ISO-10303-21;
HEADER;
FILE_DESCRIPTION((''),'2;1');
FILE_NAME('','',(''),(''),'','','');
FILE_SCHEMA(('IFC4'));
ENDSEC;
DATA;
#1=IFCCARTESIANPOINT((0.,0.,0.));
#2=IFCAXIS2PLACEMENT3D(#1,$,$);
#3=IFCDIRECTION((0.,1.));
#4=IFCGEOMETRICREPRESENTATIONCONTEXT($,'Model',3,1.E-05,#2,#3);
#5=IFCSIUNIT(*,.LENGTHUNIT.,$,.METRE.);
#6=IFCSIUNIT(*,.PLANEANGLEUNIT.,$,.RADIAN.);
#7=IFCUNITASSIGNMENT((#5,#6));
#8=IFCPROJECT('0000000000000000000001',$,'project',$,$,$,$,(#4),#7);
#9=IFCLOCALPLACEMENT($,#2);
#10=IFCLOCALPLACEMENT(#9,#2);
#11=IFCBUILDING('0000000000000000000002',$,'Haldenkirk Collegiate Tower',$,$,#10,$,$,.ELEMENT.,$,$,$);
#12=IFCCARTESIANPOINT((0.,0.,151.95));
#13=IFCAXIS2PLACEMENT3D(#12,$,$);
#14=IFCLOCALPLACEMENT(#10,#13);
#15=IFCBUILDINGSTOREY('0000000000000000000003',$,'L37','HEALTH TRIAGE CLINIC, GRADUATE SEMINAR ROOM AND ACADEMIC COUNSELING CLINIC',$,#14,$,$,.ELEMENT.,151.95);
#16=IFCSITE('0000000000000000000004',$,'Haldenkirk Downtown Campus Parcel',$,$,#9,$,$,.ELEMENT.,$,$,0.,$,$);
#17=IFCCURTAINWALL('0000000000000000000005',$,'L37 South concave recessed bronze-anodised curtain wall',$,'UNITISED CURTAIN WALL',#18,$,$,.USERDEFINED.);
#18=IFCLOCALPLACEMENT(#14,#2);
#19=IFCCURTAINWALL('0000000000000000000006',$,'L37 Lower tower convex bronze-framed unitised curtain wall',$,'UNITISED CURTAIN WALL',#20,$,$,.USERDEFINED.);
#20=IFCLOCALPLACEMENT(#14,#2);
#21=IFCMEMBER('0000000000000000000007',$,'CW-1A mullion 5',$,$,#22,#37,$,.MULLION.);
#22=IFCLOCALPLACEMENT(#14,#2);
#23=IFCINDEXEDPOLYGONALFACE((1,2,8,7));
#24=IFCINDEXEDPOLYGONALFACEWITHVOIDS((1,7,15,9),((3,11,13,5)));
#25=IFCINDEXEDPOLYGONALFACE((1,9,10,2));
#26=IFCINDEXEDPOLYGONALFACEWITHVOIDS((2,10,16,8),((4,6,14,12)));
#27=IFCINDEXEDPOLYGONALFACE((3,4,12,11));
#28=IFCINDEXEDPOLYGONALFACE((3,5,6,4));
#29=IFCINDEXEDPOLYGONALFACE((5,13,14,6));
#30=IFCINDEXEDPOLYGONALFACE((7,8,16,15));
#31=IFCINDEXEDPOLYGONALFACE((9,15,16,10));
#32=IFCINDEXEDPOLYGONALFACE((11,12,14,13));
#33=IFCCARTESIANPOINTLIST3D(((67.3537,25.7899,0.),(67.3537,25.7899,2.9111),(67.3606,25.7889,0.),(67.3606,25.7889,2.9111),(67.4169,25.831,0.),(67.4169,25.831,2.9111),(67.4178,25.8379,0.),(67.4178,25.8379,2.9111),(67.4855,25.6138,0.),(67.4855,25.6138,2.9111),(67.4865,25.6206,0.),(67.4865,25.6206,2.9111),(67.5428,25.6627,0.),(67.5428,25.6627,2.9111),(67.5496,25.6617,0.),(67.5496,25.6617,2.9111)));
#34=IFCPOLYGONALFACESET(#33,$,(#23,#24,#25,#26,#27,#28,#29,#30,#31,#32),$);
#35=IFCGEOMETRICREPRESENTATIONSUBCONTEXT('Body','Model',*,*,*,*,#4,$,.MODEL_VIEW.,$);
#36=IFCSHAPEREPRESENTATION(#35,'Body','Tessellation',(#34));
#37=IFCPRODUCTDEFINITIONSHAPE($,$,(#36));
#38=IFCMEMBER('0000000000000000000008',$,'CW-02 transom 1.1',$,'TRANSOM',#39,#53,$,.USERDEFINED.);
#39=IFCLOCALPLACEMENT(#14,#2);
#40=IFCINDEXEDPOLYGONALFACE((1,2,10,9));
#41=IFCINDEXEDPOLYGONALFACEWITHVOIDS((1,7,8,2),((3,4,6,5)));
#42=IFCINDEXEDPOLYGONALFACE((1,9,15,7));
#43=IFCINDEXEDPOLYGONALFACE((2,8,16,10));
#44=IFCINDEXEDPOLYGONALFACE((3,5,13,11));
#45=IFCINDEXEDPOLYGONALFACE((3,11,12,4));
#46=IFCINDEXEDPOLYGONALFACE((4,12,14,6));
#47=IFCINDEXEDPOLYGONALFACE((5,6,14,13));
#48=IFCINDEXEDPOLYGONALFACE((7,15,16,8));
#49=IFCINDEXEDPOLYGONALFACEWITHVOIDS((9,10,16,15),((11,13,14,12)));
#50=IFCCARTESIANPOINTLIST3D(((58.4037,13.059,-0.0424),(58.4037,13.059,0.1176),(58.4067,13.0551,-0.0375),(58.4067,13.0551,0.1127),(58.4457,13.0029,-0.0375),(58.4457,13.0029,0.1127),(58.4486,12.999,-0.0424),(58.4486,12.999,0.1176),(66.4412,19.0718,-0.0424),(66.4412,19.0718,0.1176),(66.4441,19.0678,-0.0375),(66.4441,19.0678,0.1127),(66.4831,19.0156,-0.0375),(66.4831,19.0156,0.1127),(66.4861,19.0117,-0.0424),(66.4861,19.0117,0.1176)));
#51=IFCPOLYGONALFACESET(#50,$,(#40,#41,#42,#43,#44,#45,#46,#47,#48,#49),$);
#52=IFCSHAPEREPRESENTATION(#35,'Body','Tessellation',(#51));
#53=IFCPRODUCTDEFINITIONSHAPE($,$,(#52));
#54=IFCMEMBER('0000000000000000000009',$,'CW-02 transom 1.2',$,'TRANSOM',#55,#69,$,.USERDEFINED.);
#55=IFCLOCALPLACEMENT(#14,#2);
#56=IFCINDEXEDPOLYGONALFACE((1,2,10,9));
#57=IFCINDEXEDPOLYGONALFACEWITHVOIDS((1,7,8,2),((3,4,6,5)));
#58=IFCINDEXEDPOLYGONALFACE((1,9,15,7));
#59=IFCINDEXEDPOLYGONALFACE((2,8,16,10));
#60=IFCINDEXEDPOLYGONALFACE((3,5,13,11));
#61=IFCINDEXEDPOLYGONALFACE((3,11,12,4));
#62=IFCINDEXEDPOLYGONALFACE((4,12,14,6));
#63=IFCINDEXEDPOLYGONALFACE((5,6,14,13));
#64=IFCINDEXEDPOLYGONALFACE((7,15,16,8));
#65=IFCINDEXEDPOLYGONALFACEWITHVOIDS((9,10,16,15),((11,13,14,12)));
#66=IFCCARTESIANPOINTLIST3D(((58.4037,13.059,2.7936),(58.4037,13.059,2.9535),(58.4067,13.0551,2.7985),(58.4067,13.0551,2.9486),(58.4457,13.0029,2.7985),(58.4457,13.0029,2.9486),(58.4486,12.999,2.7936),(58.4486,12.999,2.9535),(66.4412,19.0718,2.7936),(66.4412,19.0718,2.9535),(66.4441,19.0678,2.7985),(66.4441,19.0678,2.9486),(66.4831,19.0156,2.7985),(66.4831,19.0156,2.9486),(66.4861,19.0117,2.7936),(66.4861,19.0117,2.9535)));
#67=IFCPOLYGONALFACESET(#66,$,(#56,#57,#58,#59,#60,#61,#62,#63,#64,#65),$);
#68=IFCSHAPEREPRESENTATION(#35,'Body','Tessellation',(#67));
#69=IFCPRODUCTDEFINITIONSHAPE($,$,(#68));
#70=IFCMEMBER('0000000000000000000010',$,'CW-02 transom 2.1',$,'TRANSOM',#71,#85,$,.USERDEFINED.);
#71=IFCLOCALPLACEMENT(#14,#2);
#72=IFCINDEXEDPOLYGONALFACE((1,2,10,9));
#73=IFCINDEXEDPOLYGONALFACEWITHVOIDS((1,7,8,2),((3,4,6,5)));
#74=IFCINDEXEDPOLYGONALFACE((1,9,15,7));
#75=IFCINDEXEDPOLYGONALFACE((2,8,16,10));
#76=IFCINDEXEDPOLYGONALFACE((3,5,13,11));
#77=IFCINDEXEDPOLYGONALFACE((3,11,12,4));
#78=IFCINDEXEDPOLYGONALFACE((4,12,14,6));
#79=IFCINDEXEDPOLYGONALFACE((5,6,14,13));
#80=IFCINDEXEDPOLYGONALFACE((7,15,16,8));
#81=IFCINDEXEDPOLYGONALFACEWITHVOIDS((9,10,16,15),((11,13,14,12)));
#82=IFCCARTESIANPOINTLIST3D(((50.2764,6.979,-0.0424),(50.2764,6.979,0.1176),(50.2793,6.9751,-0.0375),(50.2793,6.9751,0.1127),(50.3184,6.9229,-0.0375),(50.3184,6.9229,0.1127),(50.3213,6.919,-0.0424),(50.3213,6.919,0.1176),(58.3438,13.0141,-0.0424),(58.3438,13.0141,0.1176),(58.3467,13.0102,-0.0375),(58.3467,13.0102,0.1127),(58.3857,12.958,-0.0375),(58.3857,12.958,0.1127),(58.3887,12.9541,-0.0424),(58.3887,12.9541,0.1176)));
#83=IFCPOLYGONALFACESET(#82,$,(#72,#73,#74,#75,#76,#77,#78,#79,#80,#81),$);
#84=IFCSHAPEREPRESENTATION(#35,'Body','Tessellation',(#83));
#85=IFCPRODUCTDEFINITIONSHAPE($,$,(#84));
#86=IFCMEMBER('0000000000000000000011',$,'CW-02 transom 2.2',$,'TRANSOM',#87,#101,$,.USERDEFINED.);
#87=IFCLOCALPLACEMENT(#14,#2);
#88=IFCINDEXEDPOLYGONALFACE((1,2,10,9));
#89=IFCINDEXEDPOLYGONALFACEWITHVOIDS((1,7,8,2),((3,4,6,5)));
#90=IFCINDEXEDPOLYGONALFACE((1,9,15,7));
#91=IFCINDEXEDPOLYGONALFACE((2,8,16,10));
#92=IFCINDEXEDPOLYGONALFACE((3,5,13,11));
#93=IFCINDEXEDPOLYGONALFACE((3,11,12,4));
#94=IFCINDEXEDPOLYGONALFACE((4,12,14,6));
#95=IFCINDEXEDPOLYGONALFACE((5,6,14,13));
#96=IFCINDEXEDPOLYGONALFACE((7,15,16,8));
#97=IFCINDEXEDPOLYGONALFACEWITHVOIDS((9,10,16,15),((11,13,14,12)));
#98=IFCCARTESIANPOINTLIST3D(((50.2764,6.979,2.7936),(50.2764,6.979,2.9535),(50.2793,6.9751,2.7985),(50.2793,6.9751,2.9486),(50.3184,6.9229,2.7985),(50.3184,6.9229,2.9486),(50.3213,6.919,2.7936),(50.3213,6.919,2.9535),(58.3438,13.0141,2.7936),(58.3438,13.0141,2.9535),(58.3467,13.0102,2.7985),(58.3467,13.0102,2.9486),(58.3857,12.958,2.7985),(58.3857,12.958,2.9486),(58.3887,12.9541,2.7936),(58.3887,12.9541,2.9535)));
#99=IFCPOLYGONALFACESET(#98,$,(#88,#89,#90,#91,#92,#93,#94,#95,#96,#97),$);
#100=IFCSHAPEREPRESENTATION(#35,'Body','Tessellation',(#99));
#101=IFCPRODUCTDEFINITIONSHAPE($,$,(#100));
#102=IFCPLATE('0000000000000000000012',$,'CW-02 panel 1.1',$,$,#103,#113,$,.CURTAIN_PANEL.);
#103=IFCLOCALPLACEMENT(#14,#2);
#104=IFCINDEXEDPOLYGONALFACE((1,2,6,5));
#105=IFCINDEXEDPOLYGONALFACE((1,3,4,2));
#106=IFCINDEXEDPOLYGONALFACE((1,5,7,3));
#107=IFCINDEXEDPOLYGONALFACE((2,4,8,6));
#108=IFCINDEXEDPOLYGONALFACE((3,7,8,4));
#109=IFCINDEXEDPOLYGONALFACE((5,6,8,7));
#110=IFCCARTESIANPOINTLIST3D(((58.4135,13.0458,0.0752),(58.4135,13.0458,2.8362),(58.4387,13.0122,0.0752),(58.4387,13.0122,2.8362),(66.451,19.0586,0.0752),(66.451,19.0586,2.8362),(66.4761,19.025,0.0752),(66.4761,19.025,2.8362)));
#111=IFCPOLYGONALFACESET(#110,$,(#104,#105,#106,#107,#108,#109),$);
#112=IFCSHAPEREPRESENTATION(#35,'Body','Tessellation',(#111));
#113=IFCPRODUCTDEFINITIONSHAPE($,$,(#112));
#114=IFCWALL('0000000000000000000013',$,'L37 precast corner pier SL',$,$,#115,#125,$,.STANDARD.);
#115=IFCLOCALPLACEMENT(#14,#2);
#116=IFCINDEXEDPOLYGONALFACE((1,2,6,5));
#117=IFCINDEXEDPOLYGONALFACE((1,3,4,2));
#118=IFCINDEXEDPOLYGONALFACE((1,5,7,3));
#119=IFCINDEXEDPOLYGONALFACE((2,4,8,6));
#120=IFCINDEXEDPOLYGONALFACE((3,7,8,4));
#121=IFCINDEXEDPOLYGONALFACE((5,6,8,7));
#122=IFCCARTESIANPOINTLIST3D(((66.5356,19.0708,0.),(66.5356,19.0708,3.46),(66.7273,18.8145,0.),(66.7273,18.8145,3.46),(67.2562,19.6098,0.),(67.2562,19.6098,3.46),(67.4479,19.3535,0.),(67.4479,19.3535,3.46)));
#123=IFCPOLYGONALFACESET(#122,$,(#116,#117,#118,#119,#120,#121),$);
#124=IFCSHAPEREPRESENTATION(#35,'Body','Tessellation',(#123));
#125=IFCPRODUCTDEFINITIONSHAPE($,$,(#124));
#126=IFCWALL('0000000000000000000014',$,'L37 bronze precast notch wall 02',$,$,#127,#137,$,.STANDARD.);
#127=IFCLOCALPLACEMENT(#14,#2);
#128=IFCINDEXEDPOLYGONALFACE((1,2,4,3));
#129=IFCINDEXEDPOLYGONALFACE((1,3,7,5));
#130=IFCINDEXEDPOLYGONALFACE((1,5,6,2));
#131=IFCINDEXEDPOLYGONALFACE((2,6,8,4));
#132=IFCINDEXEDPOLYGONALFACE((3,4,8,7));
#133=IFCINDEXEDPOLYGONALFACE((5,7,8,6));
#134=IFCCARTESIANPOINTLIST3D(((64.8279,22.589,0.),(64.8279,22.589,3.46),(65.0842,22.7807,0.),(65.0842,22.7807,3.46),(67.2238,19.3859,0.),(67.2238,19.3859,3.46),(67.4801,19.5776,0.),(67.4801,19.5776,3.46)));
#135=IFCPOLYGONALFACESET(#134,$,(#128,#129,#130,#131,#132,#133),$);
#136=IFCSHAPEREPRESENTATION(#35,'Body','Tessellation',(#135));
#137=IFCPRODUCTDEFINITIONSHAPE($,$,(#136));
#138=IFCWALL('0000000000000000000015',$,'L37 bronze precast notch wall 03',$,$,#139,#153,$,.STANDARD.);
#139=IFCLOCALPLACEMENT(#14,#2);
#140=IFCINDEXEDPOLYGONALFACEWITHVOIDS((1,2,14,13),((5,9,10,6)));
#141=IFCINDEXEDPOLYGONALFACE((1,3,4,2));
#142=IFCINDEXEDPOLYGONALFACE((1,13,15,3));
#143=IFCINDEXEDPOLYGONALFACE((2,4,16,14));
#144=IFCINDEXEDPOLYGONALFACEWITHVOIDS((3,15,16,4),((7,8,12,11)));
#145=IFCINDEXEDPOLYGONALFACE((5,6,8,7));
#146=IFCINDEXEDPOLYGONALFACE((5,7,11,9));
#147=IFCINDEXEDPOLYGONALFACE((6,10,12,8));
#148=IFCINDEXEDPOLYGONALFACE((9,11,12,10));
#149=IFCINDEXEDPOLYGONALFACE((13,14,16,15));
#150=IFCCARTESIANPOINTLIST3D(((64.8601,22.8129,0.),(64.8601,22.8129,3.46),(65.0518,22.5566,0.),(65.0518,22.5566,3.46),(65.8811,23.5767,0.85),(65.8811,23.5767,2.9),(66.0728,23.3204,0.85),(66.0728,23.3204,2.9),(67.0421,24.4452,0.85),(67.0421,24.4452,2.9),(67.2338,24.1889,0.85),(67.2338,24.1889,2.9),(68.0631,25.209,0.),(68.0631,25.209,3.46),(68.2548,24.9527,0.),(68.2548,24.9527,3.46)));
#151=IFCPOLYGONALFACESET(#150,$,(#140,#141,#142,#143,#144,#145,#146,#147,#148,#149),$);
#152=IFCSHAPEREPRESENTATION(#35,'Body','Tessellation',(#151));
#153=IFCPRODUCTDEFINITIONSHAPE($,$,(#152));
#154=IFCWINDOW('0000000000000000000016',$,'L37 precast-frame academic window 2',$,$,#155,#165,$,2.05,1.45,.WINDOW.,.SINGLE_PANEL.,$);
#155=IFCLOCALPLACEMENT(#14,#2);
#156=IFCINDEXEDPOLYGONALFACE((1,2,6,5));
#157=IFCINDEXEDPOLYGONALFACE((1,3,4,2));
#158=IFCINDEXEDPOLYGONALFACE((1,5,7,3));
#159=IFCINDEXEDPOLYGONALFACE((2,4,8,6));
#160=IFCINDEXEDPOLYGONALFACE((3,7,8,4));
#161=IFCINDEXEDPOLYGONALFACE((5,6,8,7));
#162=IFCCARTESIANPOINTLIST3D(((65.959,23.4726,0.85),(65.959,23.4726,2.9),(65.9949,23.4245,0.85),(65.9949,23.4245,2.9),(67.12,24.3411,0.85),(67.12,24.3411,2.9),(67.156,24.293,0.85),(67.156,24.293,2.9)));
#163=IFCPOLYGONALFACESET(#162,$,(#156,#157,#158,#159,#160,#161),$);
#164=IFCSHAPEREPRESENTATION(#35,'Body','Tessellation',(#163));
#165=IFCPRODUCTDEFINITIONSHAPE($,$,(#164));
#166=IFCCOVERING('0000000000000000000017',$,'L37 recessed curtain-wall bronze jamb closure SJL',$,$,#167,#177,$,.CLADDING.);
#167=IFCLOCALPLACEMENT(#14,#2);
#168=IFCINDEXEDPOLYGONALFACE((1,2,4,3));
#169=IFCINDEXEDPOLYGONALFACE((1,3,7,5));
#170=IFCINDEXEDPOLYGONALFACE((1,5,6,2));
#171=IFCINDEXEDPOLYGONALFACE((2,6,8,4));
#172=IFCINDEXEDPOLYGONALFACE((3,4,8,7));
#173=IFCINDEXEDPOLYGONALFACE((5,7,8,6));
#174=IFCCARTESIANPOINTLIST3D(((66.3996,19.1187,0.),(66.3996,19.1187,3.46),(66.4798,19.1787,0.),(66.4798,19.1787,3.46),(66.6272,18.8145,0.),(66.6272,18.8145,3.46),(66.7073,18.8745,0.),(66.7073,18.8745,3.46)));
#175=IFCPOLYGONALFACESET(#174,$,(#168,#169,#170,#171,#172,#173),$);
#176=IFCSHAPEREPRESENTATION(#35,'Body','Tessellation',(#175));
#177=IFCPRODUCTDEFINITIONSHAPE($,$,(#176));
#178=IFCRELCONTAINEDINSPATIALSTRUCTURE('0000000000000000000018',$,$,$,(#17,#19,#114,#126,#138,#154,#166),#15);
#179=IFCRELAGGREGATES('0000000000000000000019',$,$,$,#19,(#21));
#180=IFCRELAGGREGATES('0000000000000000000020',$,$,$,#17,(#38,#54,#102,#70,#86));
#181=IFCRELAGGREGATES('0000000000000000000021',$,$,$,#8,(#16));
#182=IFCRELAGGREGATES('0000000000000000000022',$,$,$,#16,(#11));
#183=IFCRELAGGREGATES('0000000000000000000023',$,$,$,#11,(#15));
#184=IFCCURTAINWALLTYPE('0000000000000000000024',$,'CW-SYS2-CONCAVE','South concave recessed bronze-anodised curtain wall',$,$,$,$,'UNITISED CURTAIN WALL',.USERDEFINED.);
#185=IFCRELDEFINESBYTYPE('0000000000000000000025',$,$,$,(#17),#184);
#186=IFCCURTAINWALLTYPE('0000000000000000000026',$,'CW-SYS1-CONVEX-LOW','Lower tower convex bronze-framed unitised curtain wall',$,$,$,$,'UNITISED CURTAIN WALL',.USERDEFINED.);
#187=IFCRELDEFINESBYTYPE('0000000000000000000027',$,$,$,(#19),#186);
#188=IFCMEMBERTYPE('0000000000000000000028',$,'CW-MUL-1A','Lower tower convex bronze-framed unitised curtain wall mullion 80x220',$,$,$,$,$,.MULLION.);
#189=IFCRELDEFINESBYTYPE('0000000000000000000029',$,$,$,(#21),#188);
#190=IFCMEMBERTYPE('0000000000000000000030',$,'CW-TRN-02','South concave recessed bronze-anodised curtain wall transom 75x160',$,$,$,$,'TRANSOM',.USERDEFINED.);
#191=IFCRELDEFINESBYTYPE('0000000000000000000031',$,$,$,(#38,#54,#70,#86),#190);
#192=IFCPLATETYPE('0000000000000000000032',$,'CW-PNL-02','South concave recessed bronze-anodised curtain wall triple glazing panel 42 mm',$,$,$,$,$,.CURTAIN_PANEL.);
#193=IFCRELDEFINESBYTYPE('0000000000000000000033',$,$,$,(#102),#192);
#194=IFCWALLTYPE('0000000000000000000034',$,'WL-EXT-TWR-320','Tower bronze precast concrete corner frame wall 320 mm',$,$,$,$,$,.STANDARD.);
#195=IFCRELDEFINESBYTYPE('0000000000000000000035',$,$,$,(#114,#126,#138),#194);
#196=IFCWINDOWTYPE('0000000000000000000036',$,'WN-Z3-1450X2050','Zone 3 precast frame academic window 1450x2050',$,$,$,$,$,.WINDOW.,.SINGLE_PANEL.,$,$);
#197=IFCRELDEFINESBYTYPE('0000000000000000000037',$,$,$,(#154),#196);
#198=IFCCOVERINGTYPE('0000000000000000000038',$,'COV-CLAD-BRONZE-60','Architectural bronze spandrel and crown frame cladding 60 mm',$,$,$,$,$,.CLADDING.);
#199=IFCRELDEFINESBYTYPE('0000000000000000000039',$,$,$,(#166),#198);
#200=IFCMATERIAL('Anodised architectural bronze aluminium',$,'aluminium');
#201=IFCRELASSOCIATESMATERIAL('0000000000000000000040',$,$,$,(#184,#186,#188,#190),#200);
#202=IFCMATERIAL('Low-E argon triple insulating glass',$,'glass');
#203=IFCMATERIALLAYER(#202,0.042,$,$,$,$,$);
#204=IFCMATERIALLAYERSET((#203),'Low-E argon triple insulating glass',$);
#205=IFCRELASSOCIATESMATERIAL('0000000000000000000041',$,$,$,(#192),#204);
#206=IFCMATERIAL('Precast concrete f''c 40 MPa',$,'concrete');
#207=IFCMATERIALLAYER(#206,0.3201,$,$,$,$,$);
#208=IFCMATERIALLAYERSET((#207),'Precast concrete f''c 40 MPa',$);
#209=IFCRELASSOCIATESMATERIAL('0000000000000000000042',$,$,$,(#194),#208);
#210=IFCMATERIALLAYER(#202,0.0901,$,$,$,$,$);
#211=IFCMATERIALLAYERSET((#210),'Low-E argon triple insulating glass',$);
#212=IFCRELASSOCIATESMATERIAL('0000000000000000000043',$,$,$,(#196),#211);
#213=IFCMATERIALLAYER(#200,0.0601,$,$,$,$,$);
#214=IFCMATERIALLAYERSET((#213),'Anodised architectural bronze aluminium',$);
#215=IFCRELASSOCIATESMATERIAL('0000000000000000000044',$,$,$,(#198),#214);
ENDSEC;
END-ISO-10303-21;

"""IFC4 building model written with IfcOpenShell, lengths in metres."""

from ifc_helpers import new_model, si_unit, direction, frame, frame_2d, origin, origin_2d, place, context, subcontext, project, spatial, rectangle, hollow_rectangle, extrude, source, transform, mapped, material, layer, layer_set, material_profile, profile_set, type_object, element, fill, aggregate, save


model = new_model("IFC4")

# Units and contexts
model_context = context("Model", 3, precision=1e-05, world=origin(), true_north=direction((0.0, 1.0)))
body_context = subcontext(model_context, "Body", "Model", "MODEL_VIEW")
ifc_project = project(units=[si_unit("LENGTHUNIT", "METRE"), si_unit("PLANEANGLEUNIT", "RADIAN")], contexts=[model_context])

# Site, building, storey
site_placement = place(None, origin())
site = spatial("IfcSite", under=ifc_project, at=site_placement, Name="Haldenkirk Downtown Campus Parcel", CompositionType="ELEMENT", RefElevation=0.0)
building_placement = place(site_placement, origin())
building = spatial("IfcBuilding", under=site, at=building_placement, Name="Haldenkirk Collegiate Tower", CompositionType="ELEMENT")
storey_placement = place(building_placement, frame((0.0, 0.0, 151.95)))
storey = spatial("IfcBuildingStorey", under=building, at=storey_placement, Name="L37", Description="HEALTH TRIAGE CLINIC, GRADUATE SEMINAR ROOM AND ACADEMIC COUNSELING CLINIC", CompositionType="ELEMENT", Elevation=151.95)

# Curtain wall
ifc_material_1 = material(Name="Anodised architectural bronze aluminium", Category="aluminium")
curtain_wall_type_1 = type_object("IfcCurtainWallType", Name="CW-SYS2-CONCAVE", Description="South concave recessed bronze-anodised curtain wall", ElementType="UNITISED CURTAIN WALL", PredefinedType="USERDEFINED", material=ifc_material_1)
curtain_wall_1_placement = place(storey_placement, origin())
curtain_wall_1 = element("IfcCurtainWall", 1, at=curtain_wall_1_placement, inside=storey, type_object=curtain_wall_type_1, Name="L37 South concave recessed bronze-anodised curtain wall", ObjectType="UNITISED CURTAIN WALL", PredefinedType="USERDEFINED")

# Curtain wall, member
curtain_wall_type_2 = type_object("IfcCurtainWallType", Name="CW-SYS1-CONVEX-LOW", Description="Lower tower convex bronze-framed unitised curtain wall", ElementType="UNITISED CURTAIN WALL", PredefinedType="USERDEFINED", material=ifc_material_1)
curtain_wall_2_placement = place(storey_placement, origin())
curtain_wall_2 = element("IfcCurtainWall", 2, at=curtain_wall_2_placement, inside=storey, type_object=curtain_wall_type_2, Name="L37 Lower tower convex bronze-framed unitised curtain wall", ObjectType="UNITISED CURTAIN WALL", PredefinedType="USERDEFINED")
ifc_material_profile_1 = material_profile(ifc_material_1, hollow_rectangle(XDim=0.0801, YDim=0.22, WallThickness=0.0049, at=origin_2d()), Name="CW-MUL-1A")
ifc_profile_set_1 = profile_set([ifc_material_profile_1], Name="Anodised architectural bronze aluminium")
member_type_1 = type_object("IfcMemberType", Name="CW-MUL-1A", Description="Lower tower convex bronze-framed unitised curtain wall mullion 80x220", PredefinedType="MULLION", material=ifc_profile_set_1)
member_1_placement = place(storey_placement, frame((67.4517, 25.7258, 0.0), z_axis=(0.0, 0.0, 1.0), x_axis=(0.80073, 0.599025, 0.0)))
member_1 = element("IfcMember", 3, at=member_1_placement, type_object=member_type_1, Name="CW-1A mullion 5", PredefinedType="MULLION", context=body_context, shape_type="SweptSolid", body=[
    extrude(hollow_rectangle(XDim=0.0801, YDim=0.22, WallThickness=0.0049, at=origin_2d()), origin(), (0.0, 0.0, 1.0), 2.9111),
])
aggregate(curtain_wall_2, [member_1])

# Members
ifc_material_profile_2 = material_profile(ifc_material_1, hollow_rectangle(XDim=0.075, YDim=0.1599, WallThickness=0.0049, at=origin_2d()), Name="CW-TRN-02")
ifc_profile_set_2 = profile_set([ifc_material_profile_2], Name="Anodised architectural bronze aluminium")
member_type_2 = type_object("IfcMemberType", Name="CW-TRN-02", Description="South concave recessed bronze-anodised curtain wall transom 75x160", ElementType="TRANSOM", PredefinedType="USERDEFINED", material=ifc_profile_set_2)
member_2_placement = place(storey_placement, frame((66.4636, 19.0417, 0.0376), z_axis=(-0.800732, -0.599023, 0.0), x_axis=(0.599023, -0.800732, 0.0)))
member_2 = element("IfcMember", 4, at=member_2_placement, type_object=member_type_2, Name="CW-02 transom 1.1", ObjectType="TRANSOM", PredefinedType="USERDEFINED", context=body_context, shape_type="SweptSolid", body=[
    extrude(hollow_rectangle(XDim=0.075, YDim=0.1599, WallThickness=0.0049, at=origin_2d()), origin(), (0.0, 0.0, 1.0), 10.0376),
])
member_3_placement = place(storey_placement, frame((66.4636, 19.0417, 2.8735), z_axis=(-0.800732, -0.599023, 0.0), x_axis=(0.599023, -0.800732, 0.0)))
member_3 = element("IfcMember", 5, at=member_3_placement, type_object=member_type_2, Name="CW-02 transom 1.2", ObjectType="TRANSOM", PredefinedType="USERDEFINED", context=body_context, shape_type="SweptSolid", body=[
    extrude(hollow_rectangle(XDim=0.075, YDim=0.1599, WallThickness=0.0049, at=origin_2d()), origin(), (0.0, 0.0, 1.0), 10.0376),
])
member_4_placement = place(storey_placement, frame((58.3662, 12.9841, 0.0376), z_axis=(-0.800732, -0.599023, 0.0), x_axis=(0.599023, -0.800732, 0.0)))
member_4 = element("IfcMember", 6, at=member_4_placement, type_object=member_type_2, Name="CW-02 transom 2.1", ObjectType="TRANSOM", PredefinedType="USERDEFINED", context=body_context, shape_type="SweptSolid", body=[
    extrude(hollow_rectangle(XDim=0.075, YDim=0.1599, WallThickness=0.0049, at=origin_2d()), origin(), (0.0, 0.0, 1.0), 10.075),
])
member_5_placement = place(storey_placement, frame((58.3662, 12.9841, 2.8735), z_axis=(-0.800732, -0.599023, 0.0), x_axis=(0.599023, -0.800732, 0.0)))
member_5 = element("IfcMember", 7, at=member_5_placement, type_object=member_type_2, Name="CW-02 transom 2.2", ObjectType="TRANSOM", PredefinedType="USERDEFINED", context=body_context, shape_type="SweptSolid", body=[
    extrude(hollow_rectangle(XDim=0.075, YDim=0.1599, WallThickness=0.0049, at=origin_2d()), origin(), (0.0, 0.0, 1.0), 10.075),
])

# Plate
ifc_material_2 = material(Name="Low-E argon triple insulating glass", Category="glass")
ifc_layer_1 = layer(ifc_material_2, 0.042)
ifc_layer_set_1 = layer_set([ifc_layer_1], Name="Low-E argon triple insulating glass")
plate_type = type_object("IfcPlateType", Name="CW-PNL-02", Description="South concave recessed bronze-anodised curtain wall triple glazing panel 42 mm", PredefinedType="CURTAIN_PANEL", material=ifc_layer_set_1)
shared_shape_1 = source(origin(), body_context, "Body", "SweptSolid", [
    extrude(rectangle(XDim=10.0376, YDim=0.042, at=origin_2d()), origin(), (0.0, 0.0, 1.0), 2.761),
])
plate_placement = place(storey_placement, frame((62.4448, 16.0354, 0.0752), z_axis=(0.0, 0.0, 1.0), x_axis=(-0.80073, -0.599025, 0.0)))
plate = element("IfcPlate", 8, at=plate_placement, type_object=plate_type, Name="CW-02 panel 1.1", PredefinedType="CURTAIN_PANEL", context=body_context, shape_type="MappedRepresentation", body=[
    mapped(shared_shape_1, transform((0.0, 0.0, 0.0), x_axis=(1.0, 0.0, 0.0), y_axis=(0.0, 1.0, 0.0), z_axis=(0.0, 0.0, 1.0), scale=1.0)),
])
aggregate(curtain_wall_1, [member_2, member_3, plate, member_4, member_5])

# Walls
ifc_material_3 = material(Name="Precast concrete f'c 40 MPa", Category="concrete")
ifc_layer_2 = layer(ifc_material_3, 0.3201)
ifc_layer_set_2 = layer_set([ifc_layer_2], Name="Precast concrete f'c 40 MPa")
wall_type = type_object("IfcWallType", Name="WL-EXT-TWR-320", Description="Tower bronze precast concrete corner frame wall 320 mm", PredefinedType="STANDARD", material=ifc_layer_set_2)
wall_1_placement = place(storey_placement, frame((67.3521, 19.4817, 0.0), z_axis=(0.0, 0.0, 1.0), x_axis=(-0.800781, -0.598958, 0.0)))
element("IfcWall", 9, at=wall_1_placement, inside=storey, type_object=wall_type, Name="L37 precast corner pier SL", PredefinedType="STANDARD", context=body_context, shape_type="SweptSolid", body=[
    extrude(rectangle(XDim=0.8999, YDim=0.3201, at=frame_2d((0.45, 0.0))), origin(), (0.0, 0.0, 1.0), 3.46),
])
wall_2_placement = place(storey_placement, frame((64.9561, 22.6848, 0.0), z_axis=(0.0, 0.0, 1.0), x_axis=(0.598984, -0.800761, 0.0)))
element("IfcWall", 10, at=wall_2_placement, inside=storey, type_object=wall_type, Name="L37 bronze precast notch wall 02", PredefinedType="STANDARD", context=body_context, shape_type="SweptSolid", body=[
    extrude(rectangle(XDim=4.0, YDim=0.3201, at=frame_2d((2.0, 0.0))), origin(), (0.0, 0.0, 1.0), 3.46),
])

# Wall, opening, window
wall_3_placement = place(storey_placement, frame((68.1589, 25.0808, 0.0), z_axis=(0.0, 0.0, 1.0), x_axis=(-0.800739, -0.599013, 0.0)))
wall_3 = element("IfcWall", 11, at=wall_3_placement, inside=storey, type_object=wall_type, Name="L37 bronze precast notch wall 03", PredefinedType="STANDARD", context=body_context, shape_type="SweptSolid", body=[
    extrude(rectangle(XDim=4.0, YDim=0.3201, at=frame_2d((2.0, 0.0))), origin(), (0.0, 0.0, 1.0), 3.46),
])
opening_placement = place(wall_3_placement, frame((1.2749, 0.0, 0.8501)))
opening = element("IfcOpeningElement", 12, at=opening_placement, cuts=wall_3, PredefinedType="OPENING", context=body_context, shape_type="SweptSolid", body=[
    extrude(rectangle(XDim=1.45, YDim=2.05, at=frame_2d((0.7251, 1.0249))), frame((0.0, 0.1699, 0.0), z_axis=(0.0, -1.0, 0.0), x_axis=(1.0, 0.0, 0.0)), (0.0, 0.0, 1.0), 0.3401),
])
ifc_layer_3 = layer(ifc_material_2, 0.0901)
ifc_layer_set_3 = layer_set([ifc_layer_3], Name="Low-E argon triple insulating glass")
window_type = type_object("IfcWindowType", Name="WN-Z3-1450X2050", Description="Zone 3 precast frame academic window 1450x2050", PartitioningType="SINGLE_PANEL", PredefinedType="WINDOW", material=ifc_layer_set_3)
window_placement = place(opening_placement, origin())
window = element("IfcWindow", 13, at=window_placement, inside=storey, type_object=window_type, Name="L37 precast-frame academic window 2", OverallHeight=2.05, OverallWidth=1.45, PartitioningType="SINGLE_PANEL", PredefinedType="WINDOW", context=body_context, shape_type="SweptSolid", body=[
    extrude(rectangle(XDim=1.45, YDim=2.05, at=frame_2d((0.7251, 1.0249))), frame((0.0, 0.03, 0.0), z_axis=(0.0, -1.0, 0.0), x_axis=(1.0, 0.0, 0.0)), (0.0, 0.0, 1.0), 0.0601),
])
fill(opening, window)

# Covering
ifc_layer_4 = layer(ifc_material_1, 0.0601)
ifc_layer_set_4 = layer_set([ifc_layer_4], Name="Anodised architectural bronze aluminium")
covering_type = type_object("IfcCoveringType", Name="COV-CLAD-BRONZE-60", Description="Architectural bronze spandrel and crown frame cladding 60 mm", PredefinedType="CLADDING", material=ifc_layer_set_4)
shared_shape_2 = source(origin(), body_context, "Body", "SweptSolid", [
    extrude(rectangle(XDim=0.1001, YDim=0.3799, at=origin_2d()), origin(), (0.0, 0.0, 1.0), 3.46),
])
covering_placement = place(storey_placement, frame((66.5535, 18.9966, 0.0), z_axis=(0.0, 0.0, 1.0), x_axis=(-0.800731, -0.599024, 0.0)))
element("IfcCovering", 14, at=covering_placement, inside=storey, type_object=covering_type, Name="L37 recessed curtain-wall bronze jamb closure SJL", PredefinedType="CLADDING", context=body_context, shape_type="MappedRepresentation", body=[
    mapped(shared_shape_2, transform((0.0, 0.0, 0.0), x_axis=(1.0, 0.0, 0.0), y_axis=(0.0, 1.0, 0.0), z_axis=(0.0, 0.0, 1.0), scale=1.0)),
])

save(model, "model.ifc")
